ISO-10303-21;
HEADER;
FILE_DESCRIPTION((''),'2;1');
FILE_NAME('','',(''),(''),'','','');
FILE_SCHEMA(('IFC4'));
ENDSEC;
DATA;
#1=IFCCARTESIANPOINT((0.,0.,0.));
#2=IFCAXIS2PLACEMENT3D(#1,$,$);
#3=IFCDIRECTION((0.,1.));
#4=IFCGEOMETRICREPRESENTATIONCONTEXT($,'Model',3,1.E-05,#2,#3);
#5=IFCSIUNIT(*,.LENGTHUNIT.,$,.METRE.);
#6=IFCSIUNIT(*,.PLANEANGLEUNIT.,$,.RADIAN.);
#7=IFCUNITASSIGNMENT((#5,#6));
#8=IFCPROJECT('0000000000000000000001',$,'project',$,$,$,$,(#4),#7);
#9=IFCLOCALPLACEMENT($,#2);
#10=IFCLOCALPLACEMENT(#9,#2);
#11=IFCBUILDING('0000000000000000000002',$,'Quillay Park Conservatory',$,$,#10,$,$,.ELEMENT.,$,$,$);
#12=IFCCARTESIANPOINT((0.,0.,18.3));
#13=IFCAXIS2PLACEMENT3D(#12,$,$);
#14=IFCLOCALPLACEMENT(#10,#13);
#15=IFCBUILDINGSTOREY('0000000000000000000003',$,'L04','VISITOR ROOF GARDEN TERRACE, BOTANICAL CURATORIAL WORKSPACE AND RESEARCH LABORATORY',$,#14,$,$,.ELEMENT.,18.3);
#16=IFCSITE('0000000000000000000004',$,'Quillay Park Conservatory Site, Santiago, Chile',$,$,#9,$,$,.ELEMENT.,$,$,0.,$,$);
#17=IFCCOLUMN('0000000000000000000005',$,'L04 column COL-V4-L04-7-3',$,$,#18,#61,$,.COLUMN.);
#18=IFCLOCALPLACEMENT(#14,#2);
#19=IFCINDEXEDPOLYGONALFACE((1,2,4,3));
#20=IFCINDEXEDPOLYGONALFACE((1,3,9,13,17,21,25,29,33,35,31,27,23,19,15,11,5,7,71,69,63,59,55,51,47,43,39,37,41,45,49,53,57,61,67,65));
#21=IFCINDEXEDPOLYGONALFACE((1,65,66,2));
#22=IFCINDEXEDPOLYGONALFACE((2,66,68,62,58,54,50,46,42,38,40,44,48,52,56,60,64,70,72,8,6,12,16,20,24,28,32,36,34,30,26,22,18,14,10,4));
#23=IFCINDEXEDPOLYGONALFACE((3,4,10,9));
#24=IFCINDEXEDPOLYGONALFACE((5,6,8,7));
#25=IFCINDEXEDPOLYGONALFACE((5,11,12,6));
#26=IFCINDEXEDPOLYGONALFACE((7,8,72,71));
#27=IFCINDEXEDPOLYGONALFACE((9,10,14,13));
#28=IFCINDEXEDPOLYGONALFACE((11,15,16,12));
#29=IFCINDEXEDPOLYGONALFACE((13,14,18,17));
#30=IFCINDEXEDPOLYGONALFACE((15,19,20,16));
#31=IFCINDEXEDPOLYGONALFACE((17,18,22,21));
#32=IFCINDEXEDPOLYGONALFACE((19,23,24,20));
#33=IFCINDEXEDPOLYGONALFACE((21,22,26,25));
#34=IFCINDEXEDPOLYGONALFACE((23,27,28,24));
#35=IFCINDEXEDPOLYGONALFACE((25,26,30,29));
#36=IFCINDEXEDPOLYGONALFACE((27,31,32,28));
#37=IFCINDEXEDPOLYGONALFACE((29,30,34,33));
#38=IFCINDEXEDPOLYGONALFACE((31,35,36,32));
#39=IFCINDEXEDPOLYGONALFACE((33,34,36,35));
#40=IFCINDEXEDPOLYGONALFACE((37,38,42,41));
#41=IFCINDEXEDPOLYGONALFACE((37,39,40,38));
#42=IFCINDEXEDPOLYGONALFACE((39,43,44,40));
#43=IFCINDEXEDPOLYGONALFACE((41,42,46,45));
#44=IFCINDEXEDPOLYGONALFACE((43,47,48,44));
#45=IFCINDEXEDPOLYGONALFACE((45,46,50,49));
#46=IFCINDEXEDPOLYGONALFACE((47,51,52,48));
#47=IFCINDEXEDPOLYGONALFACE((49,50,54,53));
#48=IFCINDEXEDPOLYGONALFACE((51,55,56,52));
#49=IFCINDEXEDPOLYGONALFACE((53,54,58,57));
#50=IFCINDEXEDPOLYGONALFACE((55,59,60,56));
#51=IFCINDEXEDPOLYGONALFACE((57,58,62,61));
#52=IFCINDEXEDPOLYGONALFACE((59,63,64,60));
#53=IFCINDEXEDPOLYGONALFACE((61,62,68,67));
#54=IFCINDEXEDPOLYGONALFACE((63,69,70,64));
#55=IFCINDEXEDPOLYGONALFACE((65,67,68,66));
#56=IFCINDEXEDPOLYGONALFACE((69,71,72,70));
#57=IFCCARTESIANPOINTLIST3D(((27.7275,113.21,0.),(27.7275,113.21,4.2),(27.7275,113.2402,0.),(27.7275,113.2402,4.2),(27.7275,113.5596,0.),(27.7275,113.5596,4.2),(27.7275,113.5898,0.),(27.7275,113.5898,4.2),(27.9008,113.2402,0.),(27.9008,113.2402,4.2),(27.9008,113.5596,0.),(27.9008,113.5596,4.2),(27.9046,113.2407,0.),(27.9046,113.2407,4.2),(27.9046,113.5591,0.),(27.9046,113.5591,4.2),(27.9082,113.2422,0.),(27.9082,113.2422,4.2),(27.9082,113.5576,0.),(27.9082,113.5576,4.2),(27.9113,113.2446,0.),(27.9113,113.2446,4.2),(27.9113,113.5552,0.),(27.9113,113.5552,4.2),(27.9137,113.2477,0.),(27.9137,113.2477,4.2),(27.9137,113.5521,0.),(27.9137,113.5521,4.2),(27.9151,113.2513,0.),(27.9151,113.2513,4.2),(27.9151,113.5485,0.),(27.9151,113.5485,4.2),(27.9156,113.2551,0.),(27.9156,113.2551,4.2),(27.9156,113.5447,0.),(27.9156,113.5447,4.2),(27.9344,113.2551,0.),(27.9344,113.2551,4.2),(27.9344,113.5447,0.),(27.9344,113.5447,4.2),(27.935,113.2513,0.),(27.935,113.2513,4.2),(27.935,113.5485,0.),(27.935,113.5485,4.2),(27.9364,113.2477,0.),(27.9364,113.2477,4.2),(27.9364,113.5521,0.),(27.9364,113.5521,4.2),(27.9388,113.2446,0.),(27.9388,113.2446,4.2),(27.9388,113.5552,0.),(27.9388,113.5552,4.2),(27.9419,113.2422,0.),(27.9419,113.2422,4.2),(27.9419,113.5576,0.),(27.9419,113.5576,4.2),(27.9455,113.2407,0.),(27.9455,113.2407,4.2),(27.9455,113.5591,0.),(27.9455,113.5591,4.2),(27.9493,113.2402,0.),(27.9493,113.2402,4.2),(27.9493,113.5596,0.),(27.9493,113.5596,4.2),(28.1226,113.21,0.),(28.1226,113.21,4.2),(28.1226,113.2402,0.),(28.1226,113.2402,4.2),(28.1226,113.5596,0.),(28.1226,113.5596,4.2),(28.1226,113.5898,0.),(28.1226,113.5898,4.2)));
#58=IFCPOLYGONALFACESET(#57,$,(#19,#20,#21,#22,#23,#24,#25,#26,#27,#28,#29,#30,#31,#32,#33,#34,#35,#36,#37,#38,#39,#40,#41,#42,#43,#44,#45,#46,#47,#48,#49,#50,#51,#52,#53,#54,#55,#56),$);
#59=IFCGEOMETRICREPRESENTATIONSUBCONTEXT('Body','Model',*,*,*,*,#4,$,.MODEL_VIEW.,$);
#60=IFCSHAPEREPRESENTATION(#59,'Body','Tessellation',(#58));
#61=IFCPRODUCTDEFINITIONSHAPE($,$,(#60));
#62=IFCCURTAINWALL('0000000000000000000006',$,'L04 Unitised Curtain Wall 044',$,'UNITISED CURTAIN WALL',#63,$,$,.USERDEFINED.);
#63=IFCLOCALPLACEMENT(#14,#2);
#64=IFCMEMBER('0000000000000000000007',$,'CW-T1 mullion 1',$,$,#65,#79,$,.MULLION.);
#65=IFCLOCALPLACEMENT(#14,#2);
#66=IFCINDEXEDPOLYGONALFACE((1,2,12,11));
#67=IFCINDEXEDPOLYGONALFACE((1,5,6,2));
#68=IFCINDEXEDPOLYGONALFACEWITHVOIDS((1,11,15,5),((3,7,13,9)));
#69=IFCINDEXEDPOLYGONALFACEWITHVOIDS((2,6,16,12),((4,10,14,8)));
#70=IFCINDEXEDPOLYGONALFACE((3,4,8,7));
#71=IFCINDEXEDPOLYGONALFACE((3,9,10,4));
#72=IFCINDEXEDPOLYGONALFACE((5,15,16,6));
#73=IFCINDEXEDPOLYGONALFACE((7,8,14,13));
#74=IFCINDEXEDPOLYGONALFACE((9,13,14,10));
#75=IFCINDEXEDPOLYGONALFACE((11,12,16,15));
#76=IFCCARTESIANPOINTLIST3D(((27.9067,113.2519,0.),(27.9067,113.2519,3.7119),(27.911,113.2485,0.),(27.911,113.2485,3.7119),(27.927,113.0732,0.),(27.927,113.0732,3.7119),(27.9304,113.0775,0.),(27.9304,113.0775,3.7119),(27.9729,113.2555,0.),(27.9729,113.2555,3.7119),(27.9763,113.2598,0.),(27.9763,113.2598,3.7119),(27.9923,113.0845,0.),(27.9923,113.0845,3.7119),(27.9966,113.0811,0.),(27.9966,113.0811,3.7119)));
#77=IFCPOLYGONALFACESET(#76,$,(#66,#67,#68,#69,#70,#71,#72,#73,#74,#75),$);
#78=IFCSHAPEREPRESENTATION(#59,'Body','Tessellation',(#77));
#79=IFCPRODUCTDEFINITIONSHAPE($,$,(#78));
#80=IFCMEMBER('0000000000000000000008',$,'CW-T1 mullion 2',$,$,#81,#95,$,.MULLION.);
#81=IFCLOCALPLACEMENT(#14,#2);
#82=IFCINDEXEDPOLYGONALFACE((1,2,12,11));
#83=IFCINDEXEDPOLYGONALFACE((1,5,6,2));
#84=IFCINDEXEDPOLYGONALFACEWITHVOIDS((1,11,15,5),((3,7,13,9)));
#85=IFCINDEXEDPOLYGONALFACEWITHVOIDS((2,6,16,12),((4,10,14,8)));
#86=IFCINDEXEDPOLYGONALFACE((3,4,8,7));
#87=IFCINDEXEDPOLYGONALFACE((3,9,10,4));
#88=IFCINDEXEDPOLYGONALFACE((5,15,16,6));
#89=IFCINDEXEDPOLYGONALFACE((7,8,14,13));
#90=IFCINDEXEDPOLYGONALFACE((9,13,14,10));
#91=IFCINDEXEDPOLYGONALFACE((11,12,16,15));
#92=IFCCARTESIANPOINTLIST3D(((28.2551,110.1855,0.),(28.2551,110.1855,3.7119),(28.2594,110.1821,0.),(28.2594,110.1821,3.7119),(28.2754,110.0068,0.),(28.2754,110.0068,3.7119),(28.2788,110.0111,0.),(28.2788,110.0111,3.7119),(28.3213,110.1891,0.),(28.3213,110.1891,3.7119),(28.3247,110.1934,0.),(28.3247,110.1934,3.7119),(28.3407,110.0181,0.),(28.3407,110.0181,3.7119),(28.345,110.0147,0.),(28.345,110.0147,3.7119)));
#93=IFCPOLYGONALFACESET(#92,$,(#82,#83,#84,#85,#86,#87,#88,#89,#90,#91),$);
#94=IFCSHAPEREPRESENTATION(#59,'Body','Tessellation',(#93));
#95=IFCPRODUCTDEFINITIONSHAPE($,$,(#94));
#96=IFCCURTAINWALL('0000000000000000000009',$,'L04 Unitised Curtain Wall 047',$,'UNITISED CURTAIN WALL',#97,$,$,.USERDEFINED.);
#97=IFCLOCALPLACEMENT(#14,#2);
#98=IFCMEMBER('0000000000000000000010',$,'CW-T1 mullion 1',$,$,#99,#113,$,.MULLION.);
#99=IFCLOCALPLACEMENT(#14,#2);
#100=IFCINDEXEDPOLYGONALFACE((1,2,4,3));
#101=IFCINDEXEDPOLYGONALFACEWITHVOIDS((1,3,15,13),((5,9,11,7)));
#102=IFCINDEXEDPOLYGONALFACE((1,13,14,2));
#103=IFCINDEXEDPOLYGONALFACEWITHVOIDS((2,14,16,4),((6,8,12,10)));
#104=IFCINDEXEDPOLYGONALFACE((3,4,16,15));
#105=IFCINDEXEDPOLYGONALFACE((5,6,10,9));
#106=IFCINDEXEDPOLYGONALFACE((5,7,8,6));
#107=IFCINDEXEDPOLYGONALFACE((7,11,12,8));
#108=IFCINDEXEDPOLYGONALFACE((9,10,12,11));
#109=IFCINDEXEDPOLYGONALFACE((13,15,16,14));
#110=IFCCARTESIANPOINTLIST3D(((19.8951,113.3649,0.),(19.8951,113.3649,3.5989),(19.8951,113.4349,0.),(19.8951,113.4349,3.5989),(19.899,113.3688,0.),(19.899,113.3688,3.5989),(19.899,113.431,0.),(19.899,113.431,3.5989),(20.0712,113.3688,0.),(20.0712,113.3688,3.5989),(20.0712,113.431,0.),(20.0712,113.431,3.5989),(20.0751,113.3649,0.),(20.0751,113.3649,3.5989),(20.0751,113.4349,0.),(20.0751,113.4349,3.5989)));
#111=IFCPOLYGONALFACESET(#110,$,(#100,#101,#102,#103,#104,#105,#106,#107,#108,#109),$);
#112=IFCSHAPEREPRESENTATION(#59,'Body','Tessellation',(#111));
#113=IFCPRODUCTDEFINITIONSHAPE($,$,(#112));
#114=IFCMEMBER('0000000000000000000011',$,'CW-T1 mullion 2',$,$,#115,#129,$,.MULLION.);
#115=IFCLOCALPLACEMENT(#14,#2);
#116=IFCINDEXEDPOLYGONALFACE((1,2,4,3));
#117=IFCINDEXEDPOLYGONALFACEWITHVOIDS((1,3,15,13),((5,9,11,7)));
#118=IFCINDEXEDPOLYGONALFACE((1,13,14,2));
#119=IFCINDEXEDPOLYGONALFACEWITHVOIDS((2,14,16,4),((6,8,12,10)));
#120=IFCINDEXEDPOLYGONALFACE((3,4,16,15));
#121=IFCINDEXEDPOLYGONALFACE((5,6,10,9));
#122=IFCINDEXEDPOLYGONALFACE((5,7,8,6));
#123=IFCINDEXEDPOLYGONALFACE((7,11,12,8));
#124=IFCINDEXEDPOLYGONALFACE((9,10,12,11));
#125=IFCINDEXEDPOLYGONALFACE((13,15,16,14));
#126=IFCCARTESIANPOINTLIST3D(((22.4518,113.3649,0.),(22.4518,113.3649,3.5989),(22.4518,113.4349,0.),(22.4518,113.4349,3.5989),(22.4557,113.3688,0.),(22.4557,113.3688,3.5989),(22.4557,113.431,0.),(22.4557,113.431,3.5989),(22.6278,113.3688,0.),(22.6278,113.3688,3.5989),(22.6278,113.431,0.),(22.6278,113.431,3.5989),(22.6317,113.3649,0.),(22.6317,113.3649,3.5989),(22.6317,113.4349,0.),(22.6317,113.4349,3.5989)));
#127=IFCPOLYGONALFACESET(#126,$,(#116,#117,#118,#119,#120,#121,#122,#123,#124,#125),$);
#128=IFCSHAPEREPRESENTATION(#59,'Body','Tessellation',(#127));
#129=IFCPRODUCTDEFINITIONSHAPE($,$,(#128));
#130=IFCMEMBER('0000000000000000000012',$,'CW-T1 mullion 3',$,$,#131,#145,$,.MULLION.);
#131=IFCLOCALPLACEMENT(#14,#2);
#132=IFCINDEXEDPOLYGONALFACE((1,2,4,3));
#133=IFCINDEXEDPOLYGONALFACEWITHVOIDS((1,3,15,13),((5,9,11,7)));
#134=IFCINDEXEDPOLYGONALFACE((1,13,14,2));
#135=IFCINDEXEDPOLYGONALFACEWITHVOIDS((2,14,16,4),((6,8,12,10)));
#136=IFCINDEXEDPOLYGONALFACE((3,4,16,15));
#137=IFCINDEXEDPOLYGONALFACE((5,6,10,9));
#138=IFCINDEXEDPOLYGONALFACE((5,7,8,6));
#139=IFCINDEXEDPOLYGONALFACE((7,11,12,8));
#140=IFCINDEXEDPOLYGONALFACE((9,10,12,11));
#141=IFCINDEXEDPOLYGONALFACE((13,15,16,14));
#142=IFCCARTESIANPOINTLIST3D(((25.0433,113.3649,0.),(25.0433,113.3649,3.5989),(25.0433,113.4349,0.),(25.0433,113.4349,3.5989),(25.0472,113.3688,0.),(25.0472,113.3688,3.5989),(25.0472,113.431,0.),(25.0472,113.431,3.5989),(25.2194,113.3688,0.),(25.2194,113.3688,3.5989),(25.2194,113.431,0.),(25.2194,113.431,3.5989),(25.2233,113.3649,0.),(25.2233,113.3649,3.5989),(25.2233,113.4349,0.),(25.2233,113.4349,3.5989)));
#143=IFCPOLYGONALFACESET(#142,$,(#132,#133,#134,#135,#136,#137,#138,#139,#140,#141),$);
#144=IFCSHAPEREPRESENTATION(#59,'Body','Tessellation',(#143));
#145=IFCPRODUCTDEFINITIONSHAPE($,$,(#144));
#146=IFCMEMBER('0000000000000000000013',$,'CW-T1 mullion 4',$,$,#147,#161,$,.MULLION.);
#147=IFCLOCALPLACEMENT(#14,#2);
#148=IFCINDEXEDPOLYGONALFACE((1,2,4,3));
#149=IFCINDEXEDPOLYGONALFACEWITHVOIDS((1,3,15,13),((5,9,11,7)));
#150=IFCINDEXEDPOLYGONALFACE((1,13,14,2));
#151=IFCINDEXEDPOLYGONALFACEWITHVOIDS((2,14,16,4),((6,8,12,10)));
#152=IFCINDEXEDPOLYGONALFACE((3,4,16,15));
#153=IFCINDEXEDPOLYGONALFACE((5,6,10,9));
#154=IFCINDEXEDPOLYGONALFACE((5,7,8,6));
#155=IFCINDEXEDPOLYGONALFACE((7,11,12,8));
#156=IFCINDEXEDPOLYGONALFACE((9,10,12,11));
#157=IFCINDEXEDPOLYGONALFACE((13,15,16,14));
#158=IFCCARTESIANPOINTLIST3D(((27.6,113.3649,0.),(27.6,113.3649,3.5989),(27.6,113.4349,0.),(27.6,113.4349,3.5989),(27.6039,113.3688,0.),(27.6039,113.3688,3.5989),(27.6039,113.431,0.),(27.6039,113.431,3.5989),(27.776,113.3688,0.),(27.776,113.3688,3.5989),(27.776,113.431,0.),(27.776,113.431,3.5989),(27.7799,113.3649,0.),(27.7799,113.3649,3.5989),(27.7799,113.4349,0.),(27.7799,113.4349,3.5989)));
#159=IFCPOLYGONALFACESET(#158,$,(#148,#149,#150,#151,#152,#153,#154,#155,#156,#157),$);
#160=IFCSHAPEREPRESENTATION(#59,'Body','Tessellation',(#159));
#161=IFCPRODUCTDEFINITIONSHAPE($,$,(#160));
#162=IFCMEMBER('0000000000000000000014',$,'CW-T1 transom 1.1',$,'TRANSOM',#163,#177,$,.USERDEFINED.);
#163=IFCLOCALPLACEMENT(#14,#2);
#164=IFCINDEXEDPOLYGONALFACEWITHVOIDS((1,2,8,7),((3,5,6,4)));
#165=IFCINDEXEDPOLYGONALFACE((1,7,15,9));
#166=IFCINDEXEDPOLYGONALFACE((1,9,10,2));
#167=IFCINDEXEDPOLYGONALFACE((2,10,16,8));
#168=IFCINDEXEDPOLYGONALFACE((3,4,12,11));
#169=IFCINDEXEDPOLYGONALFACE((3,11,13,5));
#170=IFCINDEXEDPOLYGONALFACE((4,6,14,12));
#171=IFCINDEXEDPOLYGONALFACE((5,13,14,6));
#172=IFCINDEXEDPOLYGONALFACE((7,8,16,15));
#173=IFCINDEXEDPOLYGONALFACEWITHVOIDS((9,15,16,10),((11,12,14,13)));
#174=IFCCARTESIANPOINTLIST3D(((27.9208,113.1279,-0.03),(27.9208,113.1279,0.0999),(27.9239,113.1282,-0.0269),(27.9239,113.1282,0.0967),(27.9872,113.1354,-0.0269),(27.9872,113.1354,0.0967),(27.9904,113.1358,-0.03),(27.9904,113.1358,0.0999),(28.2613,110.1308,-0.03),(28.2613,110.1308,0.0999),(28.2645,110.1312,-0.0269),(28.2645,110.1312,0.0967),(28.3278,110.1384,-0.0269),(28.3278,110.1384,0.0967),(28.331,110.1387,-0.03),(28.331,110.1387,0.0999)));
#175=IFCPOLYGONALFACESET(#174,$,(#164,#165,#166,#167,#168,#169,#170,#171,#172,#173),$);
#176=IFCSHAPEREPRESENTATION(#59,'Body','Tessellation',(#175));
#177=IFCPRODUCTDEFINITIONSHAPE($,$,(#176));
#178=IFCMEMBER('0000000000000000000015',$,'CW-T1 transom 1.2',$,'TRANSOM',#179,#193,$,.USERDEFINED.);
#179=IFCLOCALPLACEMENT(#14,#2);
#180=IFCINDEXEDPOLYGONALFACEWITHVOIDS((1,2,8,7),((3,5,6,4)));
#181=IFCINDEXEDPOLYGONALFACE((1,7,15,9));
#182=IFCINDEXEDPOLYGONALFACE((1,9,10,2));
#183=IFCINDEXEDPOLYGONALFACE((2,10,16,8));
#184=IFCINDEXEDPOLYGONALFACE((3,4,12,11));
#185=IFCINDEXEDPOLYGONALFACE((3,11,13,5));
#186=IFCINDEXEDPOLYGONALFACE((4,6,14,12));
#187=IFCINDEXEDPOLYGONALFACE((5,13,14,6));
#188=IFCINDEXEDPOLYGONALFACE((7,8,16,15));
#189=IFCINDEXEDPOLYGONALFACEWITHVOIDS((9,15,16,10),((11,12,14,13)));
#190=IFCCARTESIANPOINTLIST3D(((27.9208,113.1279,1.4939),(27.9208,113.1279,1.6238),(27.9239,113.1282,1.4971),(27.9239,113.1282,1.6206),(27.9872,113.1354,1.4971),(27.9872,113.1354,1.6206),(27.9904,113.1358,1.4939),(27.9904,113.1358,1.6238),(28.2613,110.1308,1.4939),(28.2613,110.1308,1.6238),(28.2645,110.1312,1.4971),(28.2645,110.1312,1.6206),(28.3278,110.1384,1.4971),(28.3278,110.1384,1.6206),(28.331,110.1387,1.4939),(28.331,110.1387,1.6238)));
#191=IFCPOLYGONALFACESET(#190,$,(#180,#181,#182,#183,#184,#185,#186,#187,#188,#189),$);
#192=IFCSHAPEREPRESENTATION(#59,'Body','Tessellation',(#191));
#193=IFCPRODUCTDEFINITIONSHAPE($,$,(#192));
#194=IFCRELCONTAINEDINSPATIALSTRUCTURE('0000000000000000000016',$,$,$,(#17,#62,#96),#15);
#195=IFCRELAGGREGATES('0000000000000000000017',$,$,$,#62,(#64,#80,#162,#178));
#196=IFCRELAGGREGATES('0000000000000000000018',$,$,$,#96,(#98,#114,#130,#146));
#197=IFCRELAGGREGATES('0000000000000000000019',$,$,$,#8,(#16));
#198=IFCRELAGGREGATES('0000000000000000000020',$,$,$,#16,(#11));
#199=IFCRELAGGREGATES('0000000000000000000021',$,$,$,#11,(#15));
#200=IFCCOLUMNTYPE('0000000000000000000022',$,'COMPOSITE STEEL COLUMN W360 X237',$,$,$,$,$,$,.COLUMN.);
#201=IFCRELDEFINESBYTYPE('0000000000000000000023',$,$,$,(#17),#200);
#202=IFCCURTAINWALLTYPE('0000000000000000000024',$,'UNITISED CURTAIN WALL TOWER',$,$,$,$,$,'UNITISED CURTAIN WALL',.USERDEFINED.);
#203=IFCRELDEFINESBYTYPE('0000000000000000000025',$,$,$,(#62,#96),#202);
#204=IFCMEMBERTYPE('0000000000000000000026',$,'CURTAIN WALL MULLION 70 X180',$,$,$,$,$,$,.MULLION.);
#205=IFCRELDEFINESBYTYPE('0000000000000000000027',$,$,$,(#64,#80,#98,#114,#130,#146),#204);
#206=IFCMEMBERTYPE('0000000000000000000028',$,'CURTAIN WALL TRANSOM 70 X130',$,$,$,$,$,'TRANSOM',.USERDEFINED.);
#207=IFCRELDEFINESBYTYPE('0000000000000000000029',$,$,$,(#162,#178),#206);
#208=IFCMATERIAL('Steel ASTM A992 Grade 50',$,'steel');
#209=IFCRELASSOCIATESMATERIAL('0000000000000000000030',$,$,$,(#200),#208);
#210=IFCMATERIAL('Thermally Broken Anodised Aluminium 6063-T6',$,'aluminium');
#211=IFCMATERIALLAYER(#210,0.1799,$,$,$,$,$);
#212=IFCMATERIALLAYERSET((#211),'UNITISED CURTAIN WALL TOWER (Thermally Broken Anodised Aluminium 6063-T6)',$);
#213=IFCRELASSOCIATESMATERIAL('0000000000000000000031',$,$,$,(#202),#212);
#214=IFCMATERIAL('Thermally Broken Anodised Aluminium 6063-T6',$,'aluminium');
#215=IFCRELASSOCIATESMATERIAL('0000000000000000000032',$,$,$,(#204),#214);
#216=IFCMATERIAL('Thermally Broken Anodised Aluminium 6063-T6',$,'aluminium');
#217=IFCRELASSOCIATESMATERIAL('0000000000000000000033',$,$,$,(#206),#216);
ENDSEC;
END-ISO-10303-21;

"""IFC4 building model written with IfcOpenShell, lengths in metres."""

from ifc_helpers import new_model, si_unit, direction, frame, origin, origin_2d, place, context, subcontext, project, spatial, hollow_rectangle, i_section, extrude, material, layer, layer_set, material_profile, profile_set, type_object, element, aggregate, save


model = new_model("IFC4")

# Units and contexts
model_context = context("Model", 3, precision=1e-05, world=origin(), true_north=direction((0.0, 1.0)))
body_context = subcontext(model_context, "Body", "Model", "MODEL_VIEW")
ifc_project = project(units=[si_unit("LENGTHUNIT", "METRE"), si_unit("PLANEANGLEUNIT", "RADIAN")], contexts=[model_context])

# Site, building, storey
site_placement = place(None, origin())
site = spatial("IfcSite", under=ifc_project, at=site_placement, Name="Quillay Park Conservatory Site, Santiago, Chile", CompositionType="ELEMENT", RefElevation=0.0)
building_placement = place(site_placement, origin())
building = spatial("IfcBuilding", under=site, at=building_placement, Name="Quillay Park Conservatory", CompositionType="ELEMENT")
storey_placement = place(building_placement, frame((0.0, 0.0, 18.3)))
storey = spatial("IfcBuildingStorey", under=building, at=storey_placement, Name="L04", Description="VISITOR ROOF GARDEN TERRACE, BOTANICAL CURATORIAL WORKSPACE AND RESEARCH LABORATORY", CompositionType="ELEMENT", Elevation=18.3)

# Column
ifc_material_1 = material(Name="Steel ASTM A992 Grade 50", Category="steel")
ifc_material_profile_1 = material_profile(ifc_material_1, i_section(OverallWidth=0.395, OverallDepth=0.3799, WebThickness=0.0188, FlangeThickness=0.0303, FilletRadius=0.0149, at=origin_2d()), Name="W360x237")
ifc_profile_set_1 = profile_set([ifc_material_profile_1], Name="Steel ASTM A992 Grade 50")
column_type = type_object("IfcColumnType", Name="COMPOSITE STEEL COLUMN W360 X237", PredefinedType="COLUMN", material=ifc_profile_set_1)
column_placement = place(storey_placement, frame((27.925, 113.3999, 0.0), z_axis=(0.0, 0.0, 1.0), x_axis=(1.0, 0.0, 0.0)))
element("IfcColumn", 1, at=column_placement, inside=storey, type_object=column_type, Name="L04 column COL-V4-L04-7-3", PredefinedType="COLUMN", context=body_context, shape_type="SweptSolid", body=[
    extrude(i_section(OverallWidth=0.395, OverallDepth=0.3799, WebThickness=0.0188, FlangeThickness=0.0303, FilletRadius=0.0149, at=origin_2d()), origin(), (0.0, 0.0, 1.0), 4.2),
])

# Curtain walls, members
ifc_material_2 = material(Name="Thermally Broken Anodised Aluminium 6063-T6", Category="aluminium")
ifc_layer_1 = layer(ifc_material_2, 0.1799)
ifc_layer_set_1 = layer_set([ifc_layer_1], Name="UNITISED CURTAIN WALL TOWER (Thermally Broken Anodised Aluminium 6063-T6)")
curtain_wall_type = type_object("IfcCurtainWallType", Name="UNITISED CURTAIN WALL TOWER", ElementType="UNITISED CURTAIN WALL", PredefinedType="USERDEFINED", material=ifc_layer_set_1)
curtain_wall_1_placement = place(storey_placement, origin())
curtain_wall_1 = element("IfcCurtainWall", 2, at=curtain_wall_1_placement, inside=storey, type_object=curtain_wall_type, Name="L04 Unitised Curtain Wall 044", ObjectType="UNITISED CURTAIN WALL", PredefinedType="USERDEFINED")
ifc_material_3 = material(Name="Thermally Broken Anodised Aluminium 6063-T6", Category="aluminium")
ifc_material_profile_2 = material_profile(ifc_material_3, hollow_rectangle(XDim=0.0701, YDim=0.1799, WallThickness=0.0039, at=origin_2d()), Name="AL70x180x4")
ifc_profile_set_2 = profile_set([ifc_material_profile_2], Name="Thermally Broken Anodised Aluminium 6063-T6")
member_type_1 = type_object("IfcMemberType", Name="CURTAIN WALL MULLION 70 X180", PredefinedType="MULLION", material=ifc_profile_set_2)
member_1_placement = place(storey_placement, frame((27.9517, 113.1665, 0.0), z_axis=(0.0, 0.0, 1.0), x_axis=(0.993606, 0.112903, 0.0)))
member_1 = element("IfcMember", 3, at=member_1_placement, type_object=member_type_1, Name="CW-T1 mullion 1", PredefinedType="MULLION", context=body_context, shape_type="SweptSolid", body=[
    extrude(hollow_rectangle(XDim=0.0701, YDim=0.1799, WallThickness=0.0039, at=origin_2d()), origin(), (0.0, 0.0, 1.0), 3.7119),
])
member_2_placement = place(storey_placement, frame((28.3, 110.1001, 0.0), z_axis=(0.0, 0.0, 1.0), x_axis=(0.993606, 0.112903, 0.0)))
member_2 = element("IfcMember", 4, at=member_2_placement, type_object=member_type_1, Name="CW-T1 mullion 2", PredefinedType="MULLION", context=body_context, shape_type="SweptSolid", body=[
    extrude(hollow_rectangle(XDim=0.0701, YDim=0.1799, WallThickness=0.0039, at=origin_2d()), origin(), (0.0, 0.0, 1.0), 3.7119),
])
curtain_wall_2_placement = place(storey_placement, origin())
curtain_wall_2 = element("IfcCurtainWall", 5, at=curtain_wall_2_placement, inside=storey, type_object=curtain_wall_type, Name="L04 Unitised Curtain Wall 047", ObjectType="UNITISED CURTAIN WALL", PredefinedType="USERDEFINED")
member_3_placement = place(storey_placement, frame((19.9851, 113.3999, 0.0), z_axis=(0.0, 0.0, 1.0), x_axis=(0.0, 1.0, 0.0)))
member_3 = element("IfcMember", 6, at=member_3_placement, type_object=member_type_1, Name="CW-T1 mullion 1", PredefinedType="MULLION", context=body_context, shape_type="SweptSolid", body=[
    extrude(hollow_rectangle(XDim=0.0701, YDim=0.1799, WallThickness=0.0039, at=origin_2d()), origin(), (0.0, 0.0, 1.0), 3.5989),
])
member_4_placement = place(storey_placement, frame((22.5417, 113.3999, 0.0), z_axis=(0.0, 0.0, 1.0), x_axis=(0.0, 1.0, 0.0)))
member_4 = element("IfcMember", 7, at=member_4_placement, type_object=member_type_1, Name="CW-T1 mullion 2", PredefinedType="MULLION", context=body_context, shape_type="SweptSolid", body=[
    extrude(hollow_rectangle(XDim=0.0701, YDim=0.1799, WallThickness=0.0039, at=origin_2d()), origin(), (0.0, 0.0, 1.0), 3.5989),
])
member_5_placement = place(storey_placement, frame((25.1333, 113.3999, 0.0), z_axis=(0.0, 0.0, 1.0), x_axis=(0.0, 1.0, 0.0)))
member_5 = element("IfcMember", 8, at=member_5_placement, type_object=member_type_1, Name="CW-T1 mullion 3", PredefinedType="MULLION", context=body_context, shape_type="SweptSolid", body=[
    extrude(hollow_rectangle(XDim=0.0701, YDim=0.1799, WallThickness=0.0039, at=origin_2d()), origin(), (0.0, 0.0, 1.0), 3.5989),
])
member_6_placement = place(storey_placement, frame((27.6899, 113.3999, 0.0), z_axis=(0.0, 0.0, 1.0), x_axis=(0.0, 1.0, 0.0)))
member_6 = element("IfcMember", 9, at=member_6_placement, type_object=member_type_1, Name="CW-T1 mullion 4", PredefinedType="MULLION", context=body_context, shape_type="SweptSolid", body=[
    extrude(hollow_rectangle(XDim=0.0701, YDim=0.1799, WallThickness=0.0039, at=origin_2d()), origin(), (0.0, 0.0, 1.0), 3.5989),
])

# Members
ifc_material_4 = material(Name="Thermally Broken Anodised Aluminium 6063-T6", Category="aluminium")
ifc_material_profile_3 = material_profile(ifc_material_4, hollow_rectangle(XDim=0.0701, YDim=0.1299, WallThickness=0.0032, at=origin_2d()), Name="AL70x130x3.2")
ifc_profile_set_3 = profile_set([ifc_material_profile_3], Name="Thermally Broken Anodised Aluminium 6063-T6")
member_type_2 = type_object("IfcMemberType", Name="CURTAIN WALL TRANSOM 70 X130", ElementType="TRANSOM", PredefinedType="USERDEFINED", material=ifc_profile_set_3)
member_7_placement = place(storey_placement, frame((27.9556, 113.1318, 0.0349), z_axis=(0.11291, -0.993605, 0.0), x_axis=(0.993605, 0.11291, 0.0)))
member_7 = element("IfcMember", 10, at=member_7_placement, type_object=member_type_2, Name="CW-T1 transom 1.1", ObjectType="TRANSOM", PredefinedType="USERDEFINED", context=body_context, shape_type="SweptSolid", body=[
    extrude(hollow_rectangle(XDim=0.0701, YDim=0.1299, WallThickness=0.0032, at=origin_2d()), origin(), (0.0, 0.0, 1.0), 3.0164),
])
member_8_placement = place(storey_placement, frame((27.9556, 113.1318, 1.5588), z_axis=(0.11291, -0.993605, 0.0), x_axis=(0.993605, 0.11291, 0.0)))
member_8 = element("IfcMember", 11, at=member_8_placement, type_object=member_type_2, Name="CW-T1 transom 1.2", ObjectType="TRANSOM", PredefinedType="USERDEFINED", context=body_context, shape_type="SweptSolid", body=[
    extrude(hollow_rectangle(XDim=0.0701, YDim=0.1299, WallThickness=0.0032, at=origin_2d()), origin(), (0.0, 0.0, 1.0), 3.0164),
])

aggregate(curtain_wall_1, [member_1, member_2, member_7, member_8])
aggregate(curtain_wall_2, [member_3, member_4, member_5, member_6])

save(model, "model.ifc")
